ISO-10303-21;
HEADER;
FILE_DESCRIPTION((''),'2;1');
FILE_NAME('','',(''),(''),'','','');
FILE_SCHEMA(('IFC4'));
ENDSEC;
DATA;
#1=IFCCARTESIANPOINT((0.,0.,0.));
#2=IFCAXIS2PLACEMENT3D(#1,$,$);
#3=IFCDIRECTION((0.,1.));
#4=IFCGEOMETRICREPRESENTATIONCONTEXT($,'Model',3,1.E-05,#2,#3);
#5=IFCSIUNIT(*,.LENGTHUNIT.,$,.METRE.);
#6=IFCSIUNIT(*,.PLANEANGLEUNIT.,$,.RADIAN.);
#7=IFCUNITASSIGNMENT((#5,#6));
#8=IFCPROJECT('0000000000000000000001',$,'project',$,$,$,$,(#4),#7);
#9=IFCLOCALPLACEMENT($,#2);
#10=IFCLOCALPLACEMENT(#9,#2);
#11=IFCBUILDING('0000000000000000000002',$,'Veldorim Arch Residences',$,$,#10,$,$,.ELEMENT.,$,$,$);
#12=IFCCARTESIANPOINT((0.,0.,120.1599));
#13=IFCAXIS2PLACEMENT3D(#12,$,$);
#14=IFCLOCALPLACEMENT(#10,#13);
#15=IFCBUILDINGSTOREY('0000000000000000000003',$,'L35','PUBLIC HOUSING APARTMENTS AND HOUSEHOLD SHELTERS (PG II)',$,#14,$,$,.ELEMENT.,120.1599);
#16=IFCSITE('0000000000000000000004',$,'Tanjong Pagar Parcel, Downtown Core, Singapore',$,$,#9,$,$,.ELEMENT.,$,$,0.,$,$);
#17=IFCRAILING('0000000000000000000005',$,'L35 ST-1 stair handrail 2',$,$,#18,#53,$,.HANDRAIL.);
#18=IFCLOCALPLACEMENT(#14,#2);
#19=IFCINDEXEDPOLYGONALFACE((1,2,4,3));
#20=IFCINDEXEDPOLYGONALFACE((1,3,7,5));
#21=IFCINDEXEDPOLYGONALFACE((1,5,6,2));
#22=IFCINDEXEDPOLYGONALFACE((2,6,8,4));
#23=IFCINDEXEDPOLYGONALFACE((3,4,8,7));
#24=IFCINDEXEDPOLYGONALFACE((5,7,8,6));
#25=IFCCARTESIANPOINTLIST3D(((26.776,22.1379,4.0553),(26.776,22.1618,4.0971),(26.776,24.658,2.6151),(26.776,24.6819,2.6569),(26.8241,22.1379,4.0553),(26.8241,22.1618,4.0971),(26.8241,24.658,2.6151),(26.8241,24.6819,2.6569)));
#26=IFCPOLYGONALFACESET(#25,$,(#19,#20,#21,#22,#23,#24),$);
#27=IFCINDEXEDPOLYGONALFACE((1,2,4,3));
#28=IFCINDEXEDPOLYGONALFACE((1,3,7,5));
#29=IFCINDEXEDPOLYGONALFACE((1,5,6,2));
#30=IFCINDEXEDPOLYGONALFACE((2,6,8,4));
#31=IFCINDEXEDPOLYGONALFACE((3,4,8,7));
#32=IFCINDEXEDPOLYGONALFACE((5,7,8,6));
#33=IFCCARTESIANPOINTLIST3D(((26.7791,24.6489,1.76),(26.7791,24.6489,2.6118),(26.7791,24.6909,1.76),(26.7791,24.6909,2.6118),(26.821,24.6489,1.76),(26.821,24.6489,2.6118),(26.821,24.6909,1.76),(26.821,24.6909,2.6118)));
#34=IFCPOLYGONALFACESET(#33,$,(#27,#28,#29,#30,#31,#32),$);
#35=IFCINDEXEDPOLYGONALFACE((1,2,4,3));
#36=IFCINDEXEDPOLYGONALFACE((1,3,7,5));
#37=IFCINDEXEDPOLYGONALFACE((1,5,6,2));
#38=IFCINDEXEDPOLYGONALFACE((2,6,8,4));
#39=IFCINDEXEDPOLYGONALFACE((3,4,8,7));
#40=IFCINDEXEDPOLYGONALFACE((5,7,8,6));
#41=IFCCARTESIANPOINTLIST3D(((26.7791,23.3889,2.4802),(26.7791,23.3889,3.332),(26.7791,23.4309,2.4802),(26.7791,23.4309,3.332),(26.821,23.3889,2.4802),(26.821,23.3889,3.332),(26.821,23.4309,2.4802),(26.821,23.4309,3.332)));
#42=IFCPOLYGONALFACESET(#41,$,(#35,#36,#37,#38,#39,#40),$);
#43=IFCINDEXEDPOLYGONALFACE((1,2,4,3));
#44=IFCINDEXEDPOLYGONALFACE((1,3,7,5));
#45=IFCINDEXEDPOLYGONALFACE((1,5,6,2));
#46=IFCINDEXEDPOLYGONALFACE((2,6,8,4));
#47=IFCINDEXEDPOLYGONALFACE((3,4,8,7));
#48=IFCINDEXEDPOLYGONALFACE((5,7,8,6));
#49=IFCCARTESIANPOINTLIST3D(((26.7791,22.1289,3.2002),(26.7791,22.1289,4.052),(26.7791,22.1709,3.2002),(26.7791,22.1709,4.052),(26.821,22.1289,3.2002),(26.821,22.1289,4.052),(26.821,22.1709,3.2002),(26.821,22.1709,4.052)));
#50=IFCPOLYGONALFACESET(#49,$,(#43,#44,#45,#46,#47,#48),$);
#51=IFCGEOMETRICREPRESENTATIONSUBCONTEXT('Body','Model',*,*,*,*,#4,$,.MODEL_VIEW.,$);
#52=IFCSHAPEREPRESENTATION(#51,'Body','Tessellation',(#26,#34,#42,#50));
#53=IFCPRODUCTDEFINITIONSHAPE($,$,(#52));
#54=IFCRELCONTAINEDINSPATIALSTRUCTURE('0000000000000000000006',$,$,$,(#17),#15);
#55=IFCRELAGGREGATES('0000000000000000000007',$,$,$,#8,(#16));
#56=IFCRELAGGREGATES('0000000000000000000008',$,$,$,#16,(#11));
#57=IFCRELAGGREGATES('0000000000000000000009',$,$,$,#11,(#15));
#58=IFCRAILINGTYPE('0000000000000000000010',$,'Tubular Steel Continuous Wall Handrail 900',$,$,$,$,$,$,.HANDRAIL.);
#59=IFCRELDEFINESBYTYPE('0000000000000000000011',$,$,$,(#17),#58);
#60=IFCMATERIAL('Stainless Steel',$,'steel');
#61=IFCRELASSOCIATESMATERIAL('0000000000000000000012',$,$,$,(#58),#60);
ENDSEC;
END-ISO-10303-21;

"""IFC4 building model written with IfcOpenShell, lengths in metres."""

from ifc_helpers import new_model, si_unit, direction, frame, origin, origin_2d, place, context, subcontext, project, spatial, rectangle, extrude, material, type_object, element, save


model = new_model("IFC4")

# Units and contexts
model_context = context("Model", 3, precision=1e-05, world=origin(), true_north=direction((0.0, 1.0)))
body_context = subcontext(model_context, "Body", "Model", "MODEL_VIEW")
ifc_project = project(units=[si_unit("LENGTHUNIT", "METRE"), si_unit("PLANEANGLEUNIT", "RADIAN")], contexts=[model_context])

# Site, building, storey
site_placement = place(None, origin())
site = spatial("IfcSite", under=ifc_project, at=site_placement, Name="Tanjong Pagar Parcel, Downtown Core, Singapore", CompositionType="ELEMENT", RefElevation=0.0)
building_placement = place(site_placement, origin())
building = spatial("IfcBuilding", under=site, at=building_placement, Name="Veldorim Arch Residences", CompositionType="ELEMENT")
storey_placement = place(building_placement, frame((0.0, 0.0, 120.1599)))
storey = spatial("IfcBuildingStorey", under=building, at=storey_placement, Name="L35", Description="PUBLIC HOUSING APARTMENTS AND HOUSEHOLD SHELTERS (PG II)", CompositionType="ELEMENT", Elevation=120.1599)

# Railing
ifc_material_1 = material(Name="Stainless Steel", Category="steel")
railing_type_1 = type_object("IfcRailingType", Name="Tubular Steel Continuous Wall Handrail 900", PredefinedType="HANDRAIL", material=ifc_material_1)
railing_1_placement = place(storey_placement, frame((26.8, 24.6699, 1.76)))
element("IfcRailing", 1, at=railing_1_placement, inside=storey, type_object=railing_type_1, Name="L35 ST-1 stair handrail 2", PredefinedType="HANDRAIL", context=body_context, shape_type="SweptSolid", body=[
    extrude(rectangle(XDim=0.0481, YDim=0.0481, at=origin_2d()), frame((0.0, 0.0, 0.876), z_axis=(0.0, -0.868217, 0.496184), x_axis=(1.0, 0.0, 0.0)), (0.0, 0.0, 1.0), 2.9026),
    extrude(rectangle(XDim=0.042, YDim=0.042, at=origin_2d()), origin(), (0.0, 0.0, 1.0), 0.8518),
    extrude(rectangle(XDim=0.042, YDim=0.042, at=origin_2d()), frame((0.0, -1.26, 0.7202)), (0.0, 0.0, 1.0), 0.8518),
    extrude(rectangle(XDim=0.042, YDim=0.042, at=origin_2d()), frame((0.0, -2.52, 1.4402)), (0.0, 0.0, 1.0), 0.8518),
])

save(model, "model.ifc")
